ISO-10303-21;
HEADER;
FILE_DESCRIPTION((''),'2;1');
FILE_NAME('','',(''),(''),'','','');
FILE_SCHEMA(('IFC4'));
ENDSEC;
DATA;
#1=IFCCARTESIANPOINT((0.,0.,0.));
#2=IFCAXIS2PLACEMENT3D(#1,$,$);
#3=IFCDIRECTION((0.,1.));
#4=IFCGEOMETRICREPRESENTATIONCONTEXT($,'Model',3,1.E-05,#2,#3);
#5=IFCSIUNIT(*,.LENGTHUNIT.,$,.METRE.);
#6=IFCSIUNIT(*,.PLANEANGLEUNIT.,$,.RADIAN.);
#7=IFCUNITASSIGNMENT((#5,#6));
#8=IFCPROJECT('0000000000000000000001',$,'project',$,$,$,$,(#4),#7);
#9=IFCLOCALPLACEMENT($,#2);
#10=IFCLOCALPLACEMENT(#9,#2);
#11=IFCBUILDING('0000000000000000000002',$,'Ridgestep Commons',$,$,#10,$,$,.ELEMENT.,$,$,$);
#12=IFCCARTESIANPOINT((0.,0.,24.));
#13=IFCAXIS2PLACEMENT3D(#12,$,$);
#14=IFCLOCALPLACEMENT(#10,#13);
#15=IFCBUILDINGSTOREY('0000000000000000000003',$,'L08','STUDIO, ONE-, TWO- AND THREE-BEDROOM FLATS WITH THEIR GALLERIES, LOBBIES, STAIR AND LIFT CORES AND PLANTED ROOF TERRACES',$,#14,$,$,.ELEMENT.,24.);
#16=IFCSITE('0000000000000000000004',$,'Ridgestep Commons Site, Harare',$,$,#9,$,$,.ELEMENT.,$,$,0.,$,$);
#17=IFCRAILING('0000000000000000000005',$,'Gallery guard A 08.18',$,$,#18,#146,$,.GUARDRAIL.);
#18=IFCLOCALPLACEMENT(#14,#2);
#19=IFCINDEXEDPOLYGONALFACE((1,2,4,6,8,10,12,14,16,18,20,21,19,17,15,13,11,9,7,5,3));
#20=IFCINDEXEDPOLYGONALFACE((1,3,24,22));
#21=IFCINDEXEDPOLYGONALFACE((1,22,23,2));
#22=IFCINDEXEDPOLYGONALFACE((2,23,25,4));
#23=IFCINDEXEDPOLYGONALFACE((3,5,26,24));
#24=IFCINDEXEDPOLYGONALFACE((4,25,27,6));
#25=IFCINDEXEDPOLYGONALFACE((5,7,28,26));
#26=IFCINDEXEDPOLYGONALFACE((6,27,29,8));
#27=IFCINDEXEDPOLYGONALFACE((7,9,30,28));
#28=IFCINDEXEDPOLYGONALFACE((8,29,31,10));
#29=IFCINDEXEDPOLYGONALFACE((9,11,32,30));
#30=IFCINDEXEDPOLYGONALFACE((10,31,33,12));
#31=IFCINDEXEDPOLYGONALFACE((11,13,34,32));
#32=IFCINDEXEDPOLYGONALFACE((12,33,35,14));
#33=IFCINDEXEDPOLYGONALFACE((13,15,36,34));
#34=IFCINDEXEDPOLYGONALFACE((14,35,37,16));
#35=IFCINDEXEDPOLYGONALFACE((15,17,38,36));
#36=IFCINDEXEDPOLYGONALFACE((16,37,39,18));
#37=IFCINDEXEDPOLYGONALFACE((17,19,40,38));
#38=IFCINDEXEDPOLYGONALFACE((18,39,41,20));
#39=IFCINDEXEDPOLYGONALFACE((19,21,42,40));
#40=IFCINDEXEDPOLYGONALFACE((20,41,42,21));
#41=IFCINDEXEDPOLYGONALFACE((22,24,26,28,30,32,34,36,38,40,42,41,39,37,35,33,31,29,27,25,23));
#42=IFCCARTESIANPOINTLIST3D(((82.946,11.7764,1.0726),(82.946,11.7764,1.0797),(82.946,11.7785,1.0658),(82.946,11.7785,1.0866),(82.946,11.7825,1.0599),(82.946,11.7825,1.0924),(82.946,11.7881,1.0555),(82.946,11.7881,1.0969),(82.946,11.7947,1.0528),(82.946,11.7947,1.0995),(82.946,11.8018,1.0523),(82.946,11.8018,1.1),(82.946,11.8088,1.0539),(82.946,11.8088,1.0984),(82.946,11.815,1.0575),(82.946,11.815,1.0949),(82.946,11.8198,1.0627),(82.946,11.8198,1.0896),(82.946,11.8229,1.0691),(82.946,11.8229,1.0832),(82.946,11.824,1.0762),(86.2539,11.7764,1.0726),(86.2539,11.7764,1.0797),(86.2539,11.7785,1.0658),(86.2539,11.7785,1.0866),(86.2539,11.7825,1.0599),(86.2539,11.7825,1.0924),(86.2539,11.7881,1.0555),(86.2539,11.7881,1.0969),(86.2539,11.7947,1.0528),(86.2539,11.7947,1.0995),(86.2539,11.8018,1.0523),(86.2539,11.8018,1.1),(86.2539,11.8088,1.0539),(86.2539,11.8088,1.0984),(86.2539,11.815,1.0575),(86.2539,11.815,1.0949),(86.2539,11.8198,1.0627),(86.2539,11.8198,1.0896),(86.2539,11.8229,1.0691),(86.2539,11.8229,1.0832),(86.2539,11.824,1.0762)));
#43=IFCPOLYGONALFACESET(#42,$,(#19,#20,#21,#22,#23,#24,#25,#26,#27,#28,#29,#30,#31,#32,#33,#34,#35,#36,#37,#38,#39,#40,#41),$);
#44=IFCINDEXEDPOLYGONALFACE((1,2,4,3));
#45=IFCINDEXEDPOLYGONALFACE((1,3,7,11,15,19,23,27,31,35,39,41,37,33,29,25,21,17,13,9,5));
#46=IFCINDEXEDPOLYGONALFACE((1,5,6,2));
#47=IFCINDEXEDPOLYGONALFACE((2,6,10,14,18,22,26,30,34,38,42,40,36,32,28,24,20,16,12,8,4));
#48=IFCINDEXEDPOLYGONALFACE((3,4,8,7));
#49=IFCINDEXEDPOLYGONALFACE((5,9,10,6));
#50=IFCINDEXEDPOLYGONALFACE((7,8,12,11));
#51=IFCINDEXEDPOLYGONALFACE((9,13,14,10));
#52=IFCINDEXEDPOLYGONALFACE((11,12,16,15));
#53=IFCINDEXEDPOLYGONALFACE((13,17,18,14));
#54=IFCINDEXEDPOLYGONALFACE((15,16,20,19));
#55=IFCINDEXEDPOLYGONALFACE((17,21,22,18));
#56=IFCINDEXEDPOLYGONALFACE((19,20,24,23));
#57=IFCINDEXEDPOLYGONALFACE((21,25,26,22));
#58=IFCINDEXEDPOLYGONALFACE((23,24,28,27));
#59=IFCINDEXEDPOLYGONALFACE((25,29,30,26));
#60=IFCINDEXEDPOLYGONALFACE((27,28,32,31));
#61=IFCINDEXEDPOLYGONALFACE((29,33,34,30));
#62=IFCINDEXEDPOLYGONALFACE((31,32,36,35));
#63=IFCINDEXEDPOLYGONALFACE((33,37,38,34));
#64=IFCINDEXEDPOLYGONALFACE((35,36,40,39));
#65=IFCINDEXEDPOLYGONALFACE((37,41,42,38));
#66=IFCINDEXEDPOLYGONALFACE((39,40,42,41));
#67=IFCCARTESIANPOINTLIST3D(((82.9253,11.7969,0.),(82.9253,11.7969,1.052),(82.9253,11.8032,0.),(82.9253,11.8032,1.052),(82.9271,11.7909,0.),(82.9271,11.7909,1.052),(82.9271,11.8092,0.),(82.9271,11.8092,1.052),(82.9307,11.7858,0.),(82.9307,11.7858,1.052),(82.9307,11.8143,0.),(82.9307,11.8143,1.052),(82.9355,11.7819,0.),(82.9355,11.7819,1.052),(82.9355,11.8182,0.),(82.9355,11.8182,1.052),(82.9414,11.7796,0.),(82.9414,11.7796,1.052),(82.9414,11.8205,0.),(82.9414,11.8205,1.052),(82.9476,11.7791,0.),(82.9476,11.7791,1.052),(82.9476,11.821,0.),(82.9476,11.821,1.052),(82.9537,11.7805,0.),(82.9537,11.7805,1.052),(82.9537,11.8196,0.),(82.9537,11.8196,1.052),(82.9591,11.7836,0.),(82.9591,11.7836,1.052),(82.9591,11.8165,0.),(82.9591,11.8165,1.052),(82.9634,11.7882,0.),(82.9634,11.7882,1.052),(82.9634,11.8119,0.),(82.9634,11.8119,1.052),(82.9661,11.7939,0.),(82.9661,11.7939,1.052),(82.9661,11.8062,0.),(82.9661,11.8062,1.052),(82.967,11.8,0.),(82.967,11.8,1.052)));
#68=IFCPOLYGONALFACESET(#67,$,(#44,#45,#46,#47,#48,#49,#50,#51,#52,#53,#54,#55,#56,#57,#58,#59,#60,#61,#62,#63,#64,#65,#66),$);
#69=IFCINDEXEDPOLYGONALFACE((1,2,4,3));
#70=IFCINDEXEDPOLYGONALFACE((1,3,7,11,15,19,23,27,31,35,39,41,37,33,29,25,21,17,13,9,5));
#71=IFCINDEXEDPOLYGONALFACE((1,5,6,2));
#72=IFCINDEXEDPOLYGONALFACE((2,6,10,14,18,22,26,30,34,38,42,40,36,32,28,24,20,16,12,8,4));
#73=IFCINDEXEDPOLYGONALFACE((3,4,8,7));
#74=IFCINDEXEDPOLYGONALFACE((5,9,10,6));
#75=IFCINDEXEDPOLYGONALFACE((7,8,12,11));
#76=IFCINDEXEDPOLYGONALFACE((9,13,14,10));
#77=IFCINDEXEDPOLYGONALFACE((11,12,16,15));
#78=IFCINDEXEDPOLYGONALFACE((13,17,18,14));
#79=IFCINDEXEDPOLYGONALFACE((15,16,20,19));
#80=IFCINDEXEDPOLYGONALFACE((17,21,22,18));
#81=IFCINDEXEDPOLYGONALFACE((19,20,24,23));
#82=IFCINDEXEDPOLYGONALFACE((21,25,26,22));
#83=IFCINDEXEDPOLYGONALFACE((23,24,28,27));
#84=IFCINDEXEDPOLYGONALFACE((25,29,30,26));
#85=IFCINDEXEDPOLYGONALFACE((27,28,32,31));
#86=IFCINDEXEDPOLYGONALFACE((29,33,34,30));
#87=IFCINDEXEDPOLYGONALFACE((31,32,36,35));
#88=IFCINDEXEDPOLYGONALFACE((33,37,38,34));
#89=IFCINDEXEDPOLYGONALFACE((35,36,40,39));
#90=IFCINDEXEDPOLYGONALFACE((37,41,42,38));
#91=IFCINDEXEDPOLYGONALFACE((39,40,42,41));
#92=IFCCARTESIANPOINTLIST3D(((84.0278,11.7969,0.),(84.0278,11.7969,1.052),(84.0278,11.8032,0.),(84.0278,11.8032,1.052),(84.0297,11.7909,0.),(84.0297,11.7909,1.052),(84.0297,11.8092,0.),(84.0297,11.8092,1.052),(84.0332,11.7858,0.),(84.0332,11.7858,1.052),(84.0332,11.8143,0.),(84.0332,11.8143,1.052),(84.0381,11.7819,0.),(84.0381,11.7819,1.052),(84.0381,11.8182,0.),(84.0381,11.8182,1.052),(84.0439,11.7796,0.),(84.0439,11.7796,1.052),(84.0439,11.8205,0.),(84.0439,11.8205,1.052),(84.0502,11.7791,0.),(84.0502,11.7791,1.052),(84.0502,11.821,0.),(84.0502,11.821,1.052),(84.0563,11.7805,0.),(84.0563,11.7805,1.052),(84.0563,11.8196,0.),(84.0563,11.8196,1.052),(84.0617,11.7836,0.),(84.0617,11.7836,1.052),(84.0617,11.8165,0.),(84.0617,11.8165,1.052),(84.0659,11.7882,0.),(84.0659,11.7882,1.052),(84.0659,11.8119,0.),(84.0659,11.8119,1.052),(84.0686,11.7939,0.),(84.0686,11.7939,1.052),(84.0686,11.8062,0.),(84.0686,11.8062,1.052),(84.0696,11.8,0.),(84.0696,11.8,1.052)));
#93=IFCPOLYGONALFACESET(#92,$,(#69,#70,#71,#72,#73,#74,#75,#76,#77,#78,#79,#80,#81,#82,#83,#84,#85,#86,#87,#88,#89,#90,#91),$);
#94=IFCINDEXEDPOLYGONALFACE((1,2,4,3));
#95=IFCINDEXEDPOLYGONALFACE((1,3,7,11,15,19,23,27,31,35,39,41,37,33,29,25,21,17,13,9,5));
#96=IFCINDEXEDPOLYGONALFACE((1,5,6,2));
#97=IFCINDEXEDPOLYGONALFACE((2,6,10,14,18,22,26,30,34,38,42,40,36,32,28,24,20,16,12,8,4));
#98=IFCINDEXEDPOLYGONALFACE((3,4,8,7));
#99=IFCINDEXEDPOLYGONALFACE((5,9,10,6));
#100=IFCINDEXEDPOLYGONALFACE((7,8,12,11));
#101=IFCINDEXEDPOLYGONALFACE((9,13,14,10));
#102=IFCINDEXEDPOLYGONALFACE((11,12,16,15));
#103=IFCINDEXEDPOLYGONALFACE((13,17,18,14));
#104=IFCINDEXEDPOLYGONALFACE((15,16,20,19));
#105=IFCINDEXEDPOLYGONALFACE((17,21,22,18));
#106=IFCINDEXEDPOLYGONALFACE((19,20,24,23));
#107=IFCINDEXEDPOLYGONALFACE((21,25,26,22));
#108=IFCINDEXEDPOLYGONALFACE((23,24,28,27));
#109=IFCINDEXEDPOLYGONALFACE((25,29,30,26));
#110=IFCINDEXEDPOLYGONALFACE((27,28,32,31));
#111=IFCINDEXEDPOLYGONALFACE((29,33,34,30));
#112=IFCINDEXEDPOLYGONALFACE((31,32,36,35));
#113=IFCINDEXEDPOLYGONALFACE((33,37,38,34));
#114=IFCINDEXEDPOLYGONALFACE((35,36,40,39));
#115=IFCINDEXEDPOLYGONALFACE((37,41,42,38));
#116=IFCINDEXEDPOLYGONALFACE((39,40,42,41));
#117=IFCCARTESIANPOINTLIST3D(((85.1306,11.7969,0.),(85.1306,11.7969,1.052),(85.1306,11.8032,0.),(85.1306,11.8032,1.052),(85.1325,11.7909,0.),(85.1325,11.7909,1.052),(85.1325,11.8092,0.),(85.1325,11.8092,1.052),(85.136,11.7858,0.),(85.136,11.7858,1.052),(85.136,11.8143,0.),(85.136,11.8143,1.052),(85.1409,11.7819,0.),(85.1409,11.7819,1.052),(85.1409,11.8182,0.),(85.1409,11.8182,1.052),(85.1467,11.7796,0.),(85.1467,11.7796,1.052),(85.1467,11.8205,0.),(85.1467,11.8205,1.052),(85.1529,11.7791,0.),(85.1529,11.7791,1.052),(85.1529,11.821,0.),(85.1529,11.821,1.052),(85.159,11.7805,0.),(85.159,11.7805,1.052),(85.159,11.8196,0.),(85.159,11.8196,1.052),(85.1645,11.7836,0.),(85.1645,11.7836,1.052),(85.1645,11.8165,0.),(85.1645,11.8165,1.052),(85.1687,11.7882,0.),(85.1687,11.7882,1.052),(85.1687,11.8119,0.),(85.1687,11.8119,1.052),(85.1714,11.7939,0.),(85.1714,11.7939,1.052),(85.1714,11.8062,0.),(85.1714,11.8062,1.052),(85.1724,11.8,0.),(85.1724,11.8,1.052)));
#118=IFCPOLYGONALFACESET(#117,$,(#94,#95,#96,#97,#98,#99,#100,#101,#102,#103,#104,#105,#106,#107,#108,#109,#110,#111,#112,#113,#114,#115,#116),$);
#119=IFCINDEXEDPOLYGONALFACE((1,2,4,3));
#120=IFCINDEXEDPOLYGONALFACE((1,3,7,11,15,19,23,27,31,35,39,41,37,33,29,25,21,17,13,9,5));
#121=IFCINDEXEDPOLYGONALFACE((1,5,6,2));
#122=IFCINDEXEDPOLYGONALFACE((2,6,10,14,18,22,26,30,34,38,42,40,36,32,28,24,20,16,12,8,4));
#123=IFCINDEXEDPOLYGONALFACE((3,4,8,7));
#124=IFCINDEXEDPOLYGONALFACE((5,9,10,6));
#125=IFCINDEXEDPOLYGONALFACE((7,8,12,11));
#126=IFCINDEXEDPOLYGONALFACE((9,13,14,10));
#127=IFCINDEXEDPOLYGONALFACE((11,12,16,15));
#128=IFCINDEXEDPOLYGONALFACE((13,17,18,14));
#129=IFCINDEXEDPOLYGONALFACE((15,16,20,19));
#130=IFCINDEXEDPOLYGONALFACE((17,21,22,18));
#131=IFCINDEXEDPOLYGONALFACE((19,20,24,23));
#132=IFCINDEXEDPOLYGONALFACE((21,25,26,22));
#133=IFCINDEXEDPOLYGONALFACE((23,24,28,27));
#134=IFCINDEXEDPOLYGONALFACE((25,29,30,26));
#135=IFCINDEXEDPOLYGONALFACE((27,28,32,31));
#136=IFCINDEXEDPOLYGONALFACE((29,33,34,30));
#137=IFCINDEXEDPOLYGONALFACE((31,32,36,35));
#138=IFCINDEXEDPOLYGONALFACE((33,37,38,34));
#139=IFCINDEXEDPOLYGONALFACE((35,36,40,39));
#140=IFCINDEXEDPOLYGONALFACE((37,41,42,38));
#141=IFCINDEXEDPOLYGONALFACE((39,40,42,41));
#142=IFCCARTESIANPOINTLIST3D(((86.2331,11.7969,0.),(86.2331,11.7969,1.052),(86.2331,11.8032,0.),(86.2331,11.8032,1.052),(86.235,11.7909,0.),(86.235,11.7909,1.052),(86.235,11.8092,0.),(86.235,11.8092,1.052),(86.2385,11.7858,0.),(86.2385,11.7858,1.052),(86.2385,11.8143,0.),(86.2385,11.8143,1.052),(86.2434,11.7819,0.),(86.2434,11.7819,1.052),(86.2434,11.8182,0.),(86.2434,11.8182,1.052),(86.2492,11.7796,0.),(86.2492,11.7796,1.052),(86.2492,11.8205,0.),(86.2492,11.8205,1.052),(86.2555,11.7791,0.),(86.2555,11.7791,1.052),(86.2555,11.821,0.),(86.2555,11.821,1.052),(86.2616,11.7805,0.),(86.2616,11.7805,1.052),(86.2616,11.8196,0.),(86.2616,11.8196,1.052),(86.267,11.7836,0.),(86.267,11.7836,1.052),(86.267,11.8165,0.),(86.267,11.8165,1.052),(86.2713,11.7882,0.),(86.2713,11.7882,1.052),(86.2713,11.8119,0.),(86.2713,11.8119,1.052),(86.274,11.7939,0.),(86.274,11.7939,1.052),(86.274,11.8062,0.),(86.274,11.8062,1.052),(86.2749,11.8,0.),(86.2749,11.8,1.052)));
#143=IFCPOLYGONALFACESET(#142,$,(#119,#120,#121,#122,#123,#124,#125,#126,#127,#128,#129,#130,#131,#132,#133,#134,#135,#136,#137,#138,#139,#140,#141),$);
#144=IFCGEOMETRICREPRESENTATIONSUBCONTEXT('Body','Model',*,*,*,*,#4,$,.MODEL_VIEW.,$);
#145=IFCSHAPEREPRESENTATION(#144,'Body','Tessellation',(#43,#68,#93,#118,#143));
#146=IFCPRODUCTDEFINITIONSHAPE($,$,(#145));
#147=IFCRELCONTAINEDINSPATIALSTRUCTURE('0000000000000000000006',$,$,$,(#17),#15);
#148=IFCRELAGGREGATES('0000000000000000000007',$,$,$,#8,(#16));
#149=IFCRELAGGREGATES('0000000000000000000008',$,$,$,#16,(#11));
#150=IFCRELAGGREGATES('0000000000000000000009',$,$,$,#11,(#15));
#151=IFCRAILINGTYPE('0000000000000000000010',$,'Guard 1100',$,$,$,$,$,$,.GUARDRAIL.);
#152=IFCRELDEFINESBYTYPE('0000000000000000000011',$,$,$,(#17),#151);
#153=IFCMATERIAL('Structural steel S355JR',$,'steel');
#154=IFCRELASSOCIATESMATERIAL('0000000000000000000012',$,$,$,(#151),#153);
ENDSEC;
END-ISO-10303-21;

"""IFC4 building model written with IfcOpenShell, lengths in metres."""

from ifc_helpers import new_model, si_unit, direction, frame, origin, origin_2d, place, context, subcontext, project, spatial, circle, extrude, material, type_object, element, save


model = new_model("IFC4")

# Units and contexts
model_context = context("Model", 3, precision=1e-05, world=origin(), true_north=direction((0.0, 1.0)))
body_context = subcontext(model_context, "Body", "Model", "MODEL_VIEW")
ifc_project = project(units=[si_unit("LENGTHUNIT", "METRE"), si_unit("PLANEANGLEUNIT", "RADIAN")], contexts=[model_context])

# Site, building, storey
site_placement = place(None, origin())
site = spatial("IfcSite", under=ifc_project, at=site_placement, Name="Ridgestep Commons Site, Harare", CompositionType="ELEMENT", RefElevation=0.0)
building_placement = place(site_placement, origin())
building = spatial("IfcBuilding", under=site, at=building_placement, Name="Ridgestep Commons", CompositionType="ELEMENT")
storey_placement = place(building_placement, frame((0.0, 0.0, 24.0)))
storey = spatial("IfcBuildingStorey", under=building, at=storey_placement, Name="L08", Description="STUDIO, ONE-, TWO- AND THREE-BEDROOM FLATS WITH THEIR GALLERIES, LOBBIES, STAIR AND LIFT CORES AND PLANTED ROOF TERRACES", CompositionType="ELEMENT", Elevation=24.0)

# Railing
ifc_material_1 = material(Name="Structural steel S355JR", Category="steel")
railing_type = type_object("IfcRailingType", Name="Guard 1100", PredefinedType="GUARDRAIL", material=ifc_material_1)
railing_1_placement = place(storey_placement, frame((82.946, 11.8, 0.0)))
element("IfcRailing", 1, at=railing_1_placement, inside=storey, type_object=railing_type, Name="Gallery guard A 08.18", PredefinedType="GUARDRAIL", context=body_context, shape_type="SweptSolid", body=[
    extrude(circle(Radius=0.0239, at=origin_2d()), frame((0.0, 0.0, 1.0762), z_axis=(1.0, 0.0, 0.0), x_axis=(0.0, 1.0, 0.0)), (0.0, 0.0, 1.0), 3.3079),
    extrude(circle(Radius=0.021, at=origin_2d()), origin(), (0.0, 0.0, 1.0), 1.052),
    extrude(circle(Radius=0.021, at=origin_2d()), frame((1.1025, 0.0, 0.0)), (0.0, 0.0, 1.0), 1.052),
    extrude(circle(Radius=0.021, at=origin_2d()), frame((2.2053, 0.0, 0.0)), (0.0, 0.0, 1.0), 1.052),
    extrude(circle(Radius=0.021, at=origin_2d()), frame((3.3079, 0.0, 0.0)), (0.0, 0.0, 1.0), 1.052),
])

save(model, "model.ifc")
